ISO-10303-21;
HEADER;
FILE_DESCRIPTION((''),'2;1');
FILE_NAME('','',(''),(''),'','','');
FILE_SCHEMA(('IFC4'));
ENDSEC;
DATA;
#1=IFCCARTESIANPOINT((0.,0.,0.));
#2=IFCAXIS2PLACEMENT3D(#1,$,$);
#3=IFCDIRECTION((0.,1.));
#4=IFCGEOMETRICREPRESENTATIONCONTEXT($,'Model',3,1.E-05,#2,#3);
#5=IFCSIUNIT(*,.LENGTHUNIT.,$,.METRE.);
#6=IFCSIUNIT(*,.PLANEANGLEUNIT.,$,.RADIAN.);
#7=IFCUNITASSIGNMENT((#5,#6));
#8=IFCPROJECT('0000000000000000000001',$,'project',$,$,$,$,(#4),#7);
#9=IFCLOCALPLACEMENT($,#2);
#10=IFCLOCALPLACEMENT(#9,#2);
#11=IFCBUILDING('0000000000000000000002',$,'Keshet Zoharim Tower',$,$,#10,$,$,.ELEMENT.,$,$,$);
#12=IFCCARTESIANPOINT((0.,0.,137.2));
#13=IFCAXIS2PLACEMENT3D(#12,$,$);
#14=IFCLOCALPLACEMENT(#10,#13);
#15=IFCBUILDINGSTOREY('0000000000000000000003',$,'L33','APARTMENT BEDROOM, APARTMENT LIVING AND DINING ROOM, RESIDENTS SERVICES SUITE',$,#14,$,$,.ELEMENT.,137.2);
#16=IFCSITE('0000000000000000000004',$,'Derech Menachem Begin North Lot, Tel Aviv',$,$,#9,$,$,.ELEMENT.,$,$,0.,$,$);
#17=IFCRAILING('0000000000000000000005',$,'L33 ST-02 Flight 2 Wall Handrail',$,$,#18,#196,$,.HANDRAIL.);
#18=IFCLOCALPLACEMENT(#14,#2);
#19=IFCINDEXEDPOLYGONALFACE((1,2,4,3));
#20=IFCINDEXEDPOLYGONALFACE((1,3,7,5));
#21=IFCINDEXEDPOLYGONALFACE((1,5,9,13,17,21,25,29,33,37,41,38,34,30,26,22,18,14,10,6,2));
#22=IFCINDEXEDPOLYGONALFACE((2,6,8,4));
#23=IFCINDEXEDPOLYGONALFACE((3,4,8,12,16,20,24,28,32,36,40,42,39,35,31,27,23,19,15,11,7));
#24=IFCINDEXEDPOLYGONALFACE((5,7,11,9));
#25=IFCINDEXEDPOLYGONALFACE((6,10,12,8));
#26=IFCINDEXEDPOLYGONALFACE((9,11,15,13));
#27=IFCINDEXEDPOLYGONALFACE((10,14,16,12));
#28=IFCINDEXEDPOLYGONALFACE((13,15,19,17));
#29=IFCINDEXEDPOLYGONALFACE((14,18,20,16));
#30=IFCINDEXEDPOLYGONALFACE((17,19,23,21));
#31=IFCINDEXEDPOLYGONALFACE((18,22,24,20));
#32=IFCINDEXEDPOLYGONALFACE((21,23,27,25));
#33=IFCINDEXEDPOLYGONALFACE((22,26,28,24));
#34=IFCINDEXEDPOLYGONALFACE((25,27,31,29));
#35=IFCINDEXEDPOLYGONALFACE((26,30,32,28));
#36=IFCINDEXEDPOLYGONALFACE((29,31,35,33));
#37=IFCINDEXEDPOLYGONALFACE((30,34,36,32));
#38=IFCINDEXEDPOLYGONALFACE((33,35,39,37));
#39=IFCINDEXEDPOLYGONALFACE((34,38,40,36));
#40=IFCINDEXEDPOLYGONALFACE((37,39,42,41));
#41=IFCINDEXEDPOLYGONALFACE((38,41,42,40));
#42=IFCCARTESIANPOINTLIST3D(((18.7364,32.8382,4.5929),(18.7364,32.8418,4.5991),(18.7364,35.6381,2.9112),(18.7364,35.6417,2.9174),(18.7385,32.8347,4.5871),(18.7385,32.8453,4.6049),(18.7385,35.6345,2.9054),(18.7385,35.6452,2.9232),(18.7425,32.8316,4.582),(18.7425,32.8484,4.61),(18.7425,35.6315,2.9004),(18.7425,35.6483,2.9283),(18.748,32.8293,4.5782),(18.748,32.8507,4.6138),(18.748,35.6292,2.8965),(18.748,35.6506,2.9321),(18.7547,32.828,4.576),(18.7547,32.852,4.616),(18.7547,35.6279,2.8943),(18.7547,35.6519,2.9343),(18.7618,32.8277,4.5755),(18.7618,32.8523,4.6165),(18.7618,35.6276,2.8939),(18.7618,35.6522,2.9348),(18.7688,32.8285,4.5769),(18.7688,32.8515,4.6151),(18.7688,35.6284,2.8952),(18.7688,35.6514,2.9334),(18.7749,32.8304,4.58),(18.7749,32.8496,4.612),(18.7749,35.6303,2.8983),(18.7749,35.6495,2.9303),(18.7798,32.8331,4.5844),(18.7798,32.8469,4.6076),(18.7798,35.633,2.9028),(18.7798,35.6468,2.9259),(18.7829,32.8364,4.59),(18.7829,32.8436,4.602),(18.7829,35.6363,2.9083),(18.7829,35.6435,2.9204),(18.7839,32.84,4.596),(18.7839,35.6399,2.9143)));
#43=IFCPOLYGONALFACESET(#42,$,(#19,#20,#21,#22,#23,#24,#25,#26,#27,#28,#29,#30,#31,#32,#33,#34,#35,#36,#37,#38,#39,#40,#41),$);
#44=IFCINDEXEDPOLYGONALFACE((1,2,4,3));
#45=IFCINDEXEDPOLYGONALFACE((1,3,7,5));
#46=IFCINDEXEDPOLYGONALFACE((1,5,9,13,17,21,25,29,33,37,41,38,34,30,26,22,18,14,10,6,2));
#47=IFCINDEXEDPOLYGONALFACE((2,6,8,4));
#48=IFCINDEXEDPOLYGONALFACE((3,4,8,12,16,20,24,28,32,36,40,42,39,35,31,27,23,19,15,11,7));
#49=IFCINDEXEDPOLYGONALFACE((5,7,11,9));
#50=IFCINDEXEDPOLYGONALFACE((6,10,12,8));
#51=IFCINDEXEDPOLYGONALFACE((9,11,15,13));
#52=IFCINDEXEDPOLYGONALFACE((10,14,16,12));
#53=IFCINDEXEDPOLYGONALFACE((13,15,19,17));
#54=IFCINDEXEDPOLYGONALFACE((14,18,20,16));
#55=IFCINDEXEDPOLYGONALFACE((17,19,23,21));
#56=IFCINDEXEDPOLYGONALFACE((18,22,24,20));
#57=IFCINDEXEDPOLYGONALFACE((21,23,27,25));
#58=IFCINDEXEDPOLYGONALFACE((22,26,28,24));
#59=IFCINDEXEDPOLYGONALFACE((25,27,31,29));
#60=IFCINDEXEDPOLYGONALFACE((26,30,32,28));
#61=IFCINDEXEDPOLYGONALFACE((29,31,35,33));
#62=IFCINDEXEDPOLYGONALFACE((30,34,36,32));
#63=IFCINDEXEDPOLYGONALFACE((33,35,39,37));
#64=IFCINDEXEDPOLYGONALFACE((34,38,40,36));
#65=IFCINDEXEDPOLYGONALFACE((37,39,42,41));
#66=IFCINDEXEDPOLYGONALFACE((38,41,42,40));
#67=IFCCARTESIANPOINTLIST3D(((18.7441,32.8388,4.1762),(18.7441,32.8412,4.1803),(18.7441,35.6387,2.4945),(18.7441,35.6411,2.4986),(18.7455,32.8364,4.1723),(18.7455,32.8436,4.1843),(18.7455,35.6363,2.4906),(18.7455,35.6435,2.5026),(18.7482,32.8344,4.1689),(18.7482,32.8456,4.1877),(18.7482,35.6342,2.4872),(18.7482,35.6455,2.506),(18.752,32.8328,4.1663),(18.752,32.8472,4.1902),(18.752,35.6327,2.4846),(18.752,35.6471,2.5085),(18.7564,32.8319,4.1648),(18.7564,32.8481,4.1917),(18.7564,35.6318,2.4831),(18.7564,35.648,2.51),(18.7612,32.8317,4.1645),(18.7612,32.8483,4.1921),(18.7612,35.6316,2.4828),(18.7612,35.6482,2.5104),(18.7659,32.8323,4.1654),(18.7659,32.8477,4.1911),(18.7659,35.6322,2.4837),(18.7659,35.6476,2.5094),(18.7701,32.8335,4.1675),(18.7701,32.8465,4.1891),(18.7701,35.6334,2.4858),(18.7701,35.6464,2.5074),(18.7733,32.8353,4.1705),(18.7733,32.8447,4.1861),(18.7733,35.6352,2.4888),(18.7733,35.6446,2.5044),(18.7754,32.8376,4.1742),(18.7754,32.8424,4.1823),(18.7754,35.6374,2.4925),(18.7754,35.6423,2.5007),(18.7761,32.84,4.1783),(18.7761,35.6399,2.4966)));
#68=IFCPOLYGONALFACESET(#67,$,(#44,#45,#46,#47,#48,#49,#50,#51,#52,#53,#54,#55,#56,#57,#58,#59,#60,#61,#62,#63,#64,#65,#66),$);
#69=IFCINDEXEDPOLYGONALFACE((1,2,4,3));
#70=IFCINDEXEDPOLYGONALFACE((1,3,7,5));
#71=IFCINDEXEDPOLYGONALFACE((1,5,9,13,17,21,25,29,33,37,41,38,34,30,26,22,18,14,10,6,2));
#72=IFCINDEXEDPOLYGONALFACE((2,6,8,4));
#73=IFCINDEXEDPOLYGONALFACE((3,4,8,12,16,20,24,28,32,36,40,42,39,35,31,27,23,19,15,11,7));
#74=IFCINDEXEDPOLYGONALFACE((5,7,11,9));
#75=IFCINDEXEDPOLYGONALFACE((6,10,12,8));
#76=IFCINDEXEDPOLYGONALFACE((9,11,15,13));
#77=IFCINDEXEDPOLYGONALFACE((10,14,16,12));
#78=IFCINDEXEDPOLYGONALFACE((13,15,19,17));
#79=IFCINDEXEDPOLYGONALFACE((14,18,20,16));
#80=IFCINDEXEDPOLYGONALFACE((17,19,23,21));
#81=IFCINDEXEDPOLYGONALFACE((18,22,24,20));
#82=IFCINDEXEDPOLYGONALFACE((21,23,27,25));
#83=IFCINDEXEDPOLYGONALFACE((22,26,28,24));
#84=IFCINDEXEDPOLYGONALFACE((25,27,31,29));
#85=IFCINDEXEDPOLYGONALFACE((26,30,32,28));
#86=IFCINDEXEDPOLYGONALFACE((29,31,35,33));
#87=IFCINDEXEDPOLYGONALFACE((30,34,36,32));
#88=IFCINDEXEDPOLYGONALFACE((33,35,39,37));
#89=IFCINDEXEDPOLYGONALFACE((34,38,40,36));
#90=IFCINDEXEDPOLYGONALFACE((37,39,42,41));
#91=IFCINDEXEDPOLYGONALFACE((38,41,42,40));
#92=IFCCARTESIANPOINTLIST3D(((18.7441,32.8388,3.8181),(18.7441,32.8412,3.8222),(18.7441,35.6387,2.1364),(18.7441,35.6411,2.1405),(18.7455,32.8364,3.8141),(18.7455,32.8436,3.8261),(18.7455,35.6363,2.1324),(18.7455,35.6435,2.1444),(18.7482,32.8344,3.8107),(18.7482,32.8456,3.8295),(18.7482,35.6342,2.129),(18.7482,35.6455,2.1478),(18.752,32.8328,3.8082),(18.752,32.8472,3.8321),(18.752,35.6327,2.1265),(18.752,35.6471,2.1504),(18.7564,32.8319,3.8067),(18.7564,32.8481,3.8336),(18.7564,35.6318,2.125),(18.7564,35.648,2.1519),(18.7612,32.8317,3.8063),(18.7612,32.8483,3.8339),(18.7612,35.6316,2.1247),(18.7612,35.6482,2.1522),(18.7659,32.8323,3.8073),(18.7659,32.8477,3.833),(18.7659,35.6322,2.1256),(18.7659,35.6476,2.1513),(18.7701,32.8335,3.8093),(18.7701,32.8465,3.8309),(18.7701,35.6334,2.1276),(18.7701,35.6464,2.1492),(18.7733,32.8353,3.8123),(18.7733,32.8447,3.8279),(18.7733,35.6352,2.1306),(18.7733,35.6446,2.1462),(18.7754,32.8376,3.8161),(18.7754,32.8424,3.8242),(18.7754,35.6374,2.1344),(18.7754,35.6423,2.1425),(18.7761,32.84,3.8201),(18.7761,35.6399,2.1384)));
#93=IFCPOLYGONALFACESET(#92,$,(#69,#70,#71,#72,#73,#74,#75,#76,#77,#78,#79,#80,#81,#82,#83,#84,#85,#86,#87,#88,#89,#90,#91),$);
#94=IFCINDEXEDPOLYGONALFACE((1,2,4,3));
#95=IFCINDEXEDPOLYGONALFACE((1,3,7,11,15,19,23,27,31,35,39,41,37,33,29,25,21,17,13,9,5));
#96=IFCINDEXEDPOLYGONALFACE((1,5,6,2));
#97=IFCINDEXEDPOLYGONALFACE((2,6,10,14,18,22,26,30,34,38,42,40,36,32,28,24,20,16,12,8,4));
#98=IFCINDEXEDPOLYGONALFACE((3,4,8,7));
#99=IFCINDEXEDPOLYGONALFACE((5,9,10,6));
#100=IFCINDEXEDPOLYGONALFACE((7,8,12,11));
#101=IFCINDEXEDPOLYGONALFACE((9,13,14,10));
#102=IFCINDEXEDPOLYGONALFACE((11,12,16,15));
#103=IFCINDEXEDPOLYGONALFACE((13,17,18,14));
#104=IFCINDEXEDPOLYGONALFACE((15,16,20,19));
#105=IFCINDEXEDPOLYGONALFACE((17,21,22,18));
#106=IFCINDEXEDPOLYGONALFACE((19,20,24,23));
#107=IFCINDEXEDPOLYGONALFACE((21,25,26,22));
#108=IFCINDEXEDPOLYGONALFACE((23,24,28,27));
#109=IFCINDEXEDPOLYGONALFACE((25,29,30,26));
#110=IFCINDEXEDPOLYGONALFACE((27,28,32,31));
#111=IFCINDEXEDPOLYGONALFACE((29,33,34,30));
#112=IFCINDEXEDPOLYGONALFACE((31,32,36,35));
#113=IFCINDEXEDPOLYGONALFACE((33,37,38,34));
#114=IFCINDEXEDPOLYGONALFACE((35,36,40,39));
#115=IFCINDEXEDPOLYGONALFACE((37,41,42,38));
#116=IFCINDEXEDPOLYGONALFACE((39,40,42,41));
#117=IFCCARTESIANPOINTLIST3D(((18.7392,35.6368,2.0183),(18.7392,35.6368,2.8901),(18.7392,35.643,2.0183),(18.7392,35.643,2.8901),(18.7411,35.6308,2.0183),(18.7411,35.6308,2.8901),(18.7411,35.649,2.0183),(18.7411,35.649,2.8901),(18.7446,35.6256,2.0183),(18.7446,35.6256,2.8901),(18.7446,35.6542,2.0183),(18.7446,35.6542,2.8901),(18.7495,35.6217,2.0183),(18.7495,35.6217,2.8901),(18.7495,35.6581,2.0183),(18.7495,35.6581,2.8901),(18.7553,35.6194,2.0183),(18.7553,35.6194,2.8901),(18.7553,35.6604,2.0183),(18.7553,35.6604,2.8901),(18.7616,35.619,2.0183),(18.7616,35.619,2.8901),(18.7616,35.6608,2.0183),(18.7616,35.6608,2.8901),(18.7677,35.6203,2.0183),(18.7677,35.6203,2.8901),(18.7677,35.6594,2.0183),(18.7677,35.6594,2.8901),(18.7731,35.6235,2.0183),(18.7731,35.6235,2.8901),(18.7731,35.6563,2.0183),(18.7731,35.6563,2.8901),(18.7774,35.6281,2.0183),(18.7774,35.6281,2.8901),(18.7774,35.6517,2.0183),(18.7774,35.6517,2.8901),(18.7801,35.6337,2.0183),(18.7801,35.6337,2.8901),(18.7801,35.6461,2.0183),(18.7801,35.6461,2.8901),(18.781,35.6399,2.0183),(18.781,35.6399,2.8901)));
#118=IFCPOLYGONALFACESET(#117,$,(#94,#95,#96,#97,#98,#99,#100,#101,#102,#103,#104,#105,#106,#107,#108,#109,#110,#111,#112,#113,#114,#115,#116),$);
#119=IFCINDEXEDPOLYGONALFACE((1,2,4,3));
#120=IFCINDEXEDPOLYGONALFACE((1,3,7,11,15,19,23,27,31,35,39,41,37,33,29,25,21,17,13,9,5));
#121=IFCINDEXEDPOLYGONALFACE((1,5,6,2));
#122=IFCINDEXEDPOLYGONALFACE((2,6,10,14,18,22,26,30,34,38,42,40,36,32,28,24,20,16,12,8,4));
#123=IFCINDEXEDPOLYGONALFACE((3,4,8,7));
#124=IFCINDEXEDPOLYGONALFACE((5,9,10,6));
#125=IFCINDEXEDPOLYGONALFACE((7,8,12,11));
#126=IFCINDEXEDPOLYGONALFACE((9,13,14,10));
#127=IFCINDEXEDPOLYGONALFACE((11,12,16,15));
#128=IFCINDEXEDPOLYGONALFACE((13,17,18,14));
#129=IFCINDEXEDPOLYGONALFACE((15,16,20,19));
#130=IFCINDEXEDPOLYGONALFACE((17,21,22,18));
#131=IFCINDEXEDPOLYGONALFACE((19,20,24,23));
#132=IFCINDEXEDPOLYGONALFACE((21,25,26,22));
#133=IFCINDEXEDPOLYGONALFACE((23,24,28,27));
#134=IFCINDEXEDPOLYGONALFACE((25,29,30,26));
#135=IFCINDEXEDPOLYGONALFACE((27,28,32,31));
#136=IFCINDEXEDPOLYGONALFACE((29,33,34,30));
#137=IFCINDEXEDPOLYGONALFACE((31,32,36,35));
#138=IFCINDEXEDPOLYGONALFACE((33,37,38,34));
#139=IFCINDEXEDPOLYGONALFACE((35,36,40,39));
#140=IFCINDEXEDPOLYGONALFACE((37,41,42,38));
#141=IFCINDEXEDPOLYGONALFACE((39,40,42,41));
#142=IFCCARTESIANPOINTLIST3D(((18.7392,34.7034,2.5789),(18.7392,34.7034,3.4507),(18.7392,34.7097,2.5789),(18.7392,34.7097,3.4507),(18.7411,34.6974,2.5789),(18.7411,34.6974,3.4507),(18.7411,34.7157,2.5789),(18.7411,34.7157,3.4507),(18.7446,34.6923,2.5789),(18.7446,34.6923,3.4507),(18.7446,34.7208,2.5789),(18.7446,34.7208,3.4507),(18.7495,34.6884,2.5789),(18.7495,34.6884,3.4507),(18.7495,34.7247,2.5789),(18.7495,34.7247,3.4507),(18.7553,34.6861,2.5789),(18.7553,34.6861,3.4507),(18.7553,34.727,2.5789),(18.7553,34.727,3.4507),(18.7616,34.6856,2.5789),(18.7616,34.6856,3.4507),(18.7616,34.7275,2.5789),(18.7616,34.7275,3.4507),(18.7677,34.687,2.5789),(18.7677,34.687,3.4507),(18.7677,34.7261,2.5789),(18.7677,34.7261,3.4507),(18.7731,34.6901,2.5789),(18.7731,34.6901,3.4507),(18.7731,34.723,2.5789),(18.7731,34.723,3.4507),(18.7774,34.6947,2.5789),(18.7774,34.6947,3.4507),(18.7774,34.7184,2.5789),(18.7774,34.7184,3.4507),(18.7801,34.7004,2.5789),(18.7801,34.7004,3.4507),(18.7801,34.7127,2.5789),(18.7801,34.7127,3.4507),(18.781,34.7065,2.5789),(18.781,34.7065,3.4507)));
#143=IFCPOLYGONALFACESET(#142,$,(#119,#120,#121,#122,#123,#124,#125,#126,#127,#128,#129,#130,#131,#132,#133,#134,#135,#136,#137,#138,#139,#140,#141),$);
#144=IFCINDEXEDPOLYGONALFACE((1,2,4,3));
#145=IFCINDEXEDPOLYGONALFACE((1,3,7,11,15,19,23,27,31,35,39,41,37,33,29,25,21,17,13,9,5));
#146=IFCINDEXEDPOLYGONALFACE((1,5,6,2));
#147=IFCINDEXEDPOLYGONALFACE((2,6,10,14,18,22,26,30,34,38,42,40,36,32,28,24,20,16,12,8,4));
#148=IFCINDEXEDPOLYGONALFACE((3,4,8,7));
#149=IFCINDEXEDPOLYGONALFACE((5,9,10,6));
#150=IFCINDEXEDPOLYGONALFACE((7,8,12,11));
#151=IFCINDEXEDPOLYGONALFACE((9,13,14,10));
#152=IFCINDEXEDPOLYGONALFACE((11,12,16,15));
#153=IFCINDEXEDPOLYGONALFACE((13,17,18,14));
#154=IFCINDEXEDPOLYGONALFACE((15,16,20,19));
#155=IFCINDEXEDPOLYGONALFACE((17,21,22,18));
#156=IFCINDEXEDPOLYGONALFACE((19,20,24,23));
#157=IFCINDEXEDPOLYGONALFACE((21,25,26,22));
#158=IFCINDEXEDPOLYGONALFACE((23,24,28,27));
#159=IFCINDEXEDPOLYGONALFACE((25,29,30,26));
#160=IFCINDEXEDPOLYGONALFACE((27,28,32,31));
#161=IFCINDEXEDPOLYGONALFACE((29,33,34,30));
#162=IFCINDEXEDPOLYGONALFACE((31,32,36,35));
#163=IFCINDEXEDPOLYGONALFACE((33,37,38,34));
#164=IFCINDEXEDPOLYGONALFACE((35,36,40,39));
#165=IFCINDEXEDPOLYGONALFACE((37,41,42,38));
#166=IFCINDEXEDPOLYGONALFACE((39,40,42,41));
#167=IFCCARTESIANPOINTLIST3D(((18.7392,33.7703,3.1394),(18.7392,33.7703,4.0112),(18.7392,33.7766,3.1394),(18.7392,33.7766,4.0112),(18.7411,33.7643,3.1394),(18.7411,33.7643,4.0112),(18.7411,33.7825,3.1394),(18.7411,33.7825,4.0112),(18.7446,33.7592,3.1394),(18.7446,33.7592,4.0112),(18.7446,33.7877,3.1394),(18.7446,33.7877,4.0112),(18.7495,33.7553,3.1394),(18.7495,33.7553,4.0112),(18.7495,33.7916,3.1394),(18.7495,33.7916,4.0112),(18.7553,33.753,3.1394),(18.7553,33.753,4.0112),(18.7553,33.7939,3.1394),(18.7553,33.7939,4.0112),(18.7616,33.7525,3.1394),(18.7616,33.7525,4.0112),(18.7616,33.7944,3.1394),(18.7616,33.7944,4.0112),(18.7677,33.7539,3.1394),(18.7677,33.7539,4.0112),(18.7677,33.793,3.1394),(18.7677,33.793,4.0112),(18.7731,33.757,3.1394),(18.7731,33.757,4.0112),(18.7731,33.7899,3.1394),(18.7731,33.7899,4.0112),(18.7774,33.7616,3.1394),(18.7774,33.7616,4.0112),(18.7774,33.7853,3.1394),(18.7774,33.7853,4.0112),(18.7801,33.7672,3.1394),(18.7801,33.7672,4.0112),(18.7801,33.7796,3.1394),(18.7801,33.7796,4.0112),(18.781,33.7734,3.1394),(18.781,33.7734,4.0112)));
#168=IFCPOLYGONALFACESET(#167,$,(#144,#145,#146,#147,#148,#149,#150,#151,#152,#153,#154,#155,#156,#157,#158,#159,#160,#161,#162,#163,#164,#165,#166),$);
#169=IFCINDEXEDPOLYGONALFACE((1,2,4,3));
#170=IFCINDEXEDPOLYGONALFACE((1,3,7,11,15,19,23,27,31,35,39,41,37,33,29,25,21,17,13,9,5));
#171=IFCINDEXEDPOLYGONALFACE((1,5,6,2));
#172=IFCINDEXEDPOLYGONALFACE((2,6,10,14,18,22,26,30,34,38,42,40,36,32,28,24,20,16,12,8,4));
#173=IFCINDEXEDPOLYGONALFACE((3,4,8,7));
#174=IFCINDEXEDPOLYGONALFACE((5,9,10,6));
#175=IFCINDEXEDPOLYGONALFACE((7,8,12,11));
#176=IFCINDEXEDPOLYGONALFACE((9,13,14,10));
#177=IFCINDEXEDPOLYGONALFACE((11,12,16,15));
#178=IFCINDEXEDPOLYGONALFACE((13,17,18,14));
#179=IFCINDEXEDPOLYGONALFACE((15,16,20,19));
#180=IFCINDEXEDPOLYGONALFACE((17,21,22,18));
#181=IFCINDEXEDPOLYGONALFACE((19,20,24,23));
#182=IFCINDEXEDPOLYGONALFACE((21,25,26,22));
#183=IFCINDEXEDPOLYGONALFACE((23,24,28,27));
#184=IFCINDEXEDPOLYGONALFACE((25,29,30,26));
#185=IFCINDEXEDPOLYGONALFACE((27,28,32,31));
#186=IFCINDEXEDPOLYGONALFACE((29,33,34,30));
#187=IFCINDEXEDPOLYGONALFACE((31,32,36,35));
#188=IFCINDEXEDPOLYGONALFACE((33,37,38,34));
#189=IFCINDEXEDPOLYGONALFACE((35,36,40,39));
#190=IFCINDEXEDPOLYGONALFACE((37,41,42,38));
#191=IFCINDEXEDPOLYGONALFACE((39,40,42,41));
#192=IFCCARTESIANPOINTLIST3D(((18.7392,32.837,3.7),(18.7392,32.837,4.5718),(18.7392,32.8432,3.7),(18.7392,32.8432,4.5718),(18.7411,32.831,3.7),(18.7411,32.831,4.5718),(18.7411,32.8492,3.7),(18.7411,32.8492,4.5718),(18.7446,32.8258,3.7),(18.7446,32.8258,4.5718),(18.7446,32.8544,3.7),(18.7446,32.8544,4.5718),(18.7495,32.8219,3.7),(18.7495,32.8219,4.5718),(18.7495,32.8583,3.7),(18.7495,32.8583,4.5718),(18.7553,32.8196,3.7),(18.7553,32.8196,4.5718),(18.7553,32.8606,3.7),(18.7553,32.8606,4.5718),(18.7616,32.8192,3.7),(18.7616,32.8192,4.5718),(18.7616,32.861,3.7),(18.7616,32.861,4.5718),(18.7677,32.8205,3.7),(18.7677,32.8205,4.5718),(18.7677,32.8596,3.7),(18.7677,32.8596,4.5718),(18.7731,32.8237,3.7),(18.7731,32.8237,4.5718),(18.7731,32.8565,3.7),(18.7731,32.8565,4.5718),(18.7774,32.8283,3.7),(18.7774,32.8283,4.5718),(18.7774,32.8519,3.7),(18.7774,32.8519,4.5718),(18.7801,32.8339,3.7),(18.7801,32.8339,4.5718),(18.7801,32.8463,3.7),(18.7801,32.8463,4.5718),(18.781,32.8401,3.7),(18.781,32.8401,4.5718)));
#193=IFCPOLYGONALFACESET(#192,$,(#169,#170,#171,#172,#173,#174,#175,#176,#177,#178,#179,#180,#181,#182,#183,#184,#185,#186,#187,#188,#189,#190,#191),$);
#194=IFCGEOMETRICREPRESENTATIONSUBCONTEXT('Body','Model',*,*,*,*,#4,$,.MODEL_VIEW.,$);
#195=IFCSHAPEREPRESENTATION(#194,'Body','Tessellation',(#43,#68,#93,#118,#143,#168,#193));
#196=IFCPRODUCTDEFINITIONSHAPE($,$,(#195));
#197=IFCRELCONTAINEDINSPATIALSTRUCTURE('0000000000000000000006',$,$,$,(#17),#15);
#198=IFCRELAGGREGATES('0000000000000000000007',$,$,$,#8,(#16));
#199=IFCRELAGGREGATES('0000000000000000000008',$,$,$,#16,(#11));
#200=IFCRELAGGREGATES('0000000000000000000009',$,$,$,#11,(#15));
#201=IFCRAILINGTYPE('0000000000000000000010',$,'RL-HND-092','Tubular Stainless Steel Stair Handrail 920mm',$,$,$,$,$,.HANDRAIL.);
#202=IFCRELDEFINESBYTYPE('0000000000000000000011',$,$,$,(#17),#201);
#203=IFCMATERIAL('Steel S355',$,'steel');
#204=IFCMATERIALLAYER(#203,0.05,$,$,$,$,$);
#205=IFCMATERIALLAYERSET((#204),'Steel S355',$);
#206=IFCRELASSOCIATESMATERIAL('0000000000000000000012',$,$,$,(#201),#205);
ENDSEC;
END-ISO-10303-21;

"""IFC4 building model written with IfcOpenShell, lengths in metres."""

from ifc_helpers import new_model, si_unit, direction, frame, origin, origin_2d, place, context, subcontext, project, spatial, circle, extrude, material, layer, layer_set, type_object, element, save


model = new_model("IFC4")

# Units and contexts
model_context = context("Model", 3, precision=1e-05, world=origin(), true_north=direction((0.0, 1.0)))
body_context = subcontext(model_context, "Body", "Model", "MODEL_VIEW")
ifc_project = project(units=[si_unit("LENGTHUNIT", "METRE"), si_unit("PLANEANGLEUNIT", "RADIAN")], contexts=[model_context])

# Site, building, storey
site_placement = place(None, origin())
site = spatial("IfcSite", under=ifc_project, at=site_placement, Name="Derech Menachem Begin North Lot, Tel Aviv", CompositionType="ELEMENT", RefElevation=0.0)
building_placement = place(site_placement, origin())
building = spatial("IfcBuilding", under=site, at=building_placement, Name="Keshet Zoharim Tower", CompositionType="ELEMENT")
storey_placement = place(building_placement, frame((0.0, 0.0, 137.2)))
storey = spatial("IfcBuildingStorey", under=building, at=storey_placement, Name="L33", Description="APARTMENT BEDROOM, APARTMENT LIVING AND DINING ROOM, RESIDENTS SERVICES SUITE", CompositionType="ELEMENT", Elevation=137.2)

# Shared definitions
ifc_material_1 = material(Name="Steel S355", Category="steel")

# Railing
ifc_layer_1 = layer(ifc_material_1, 0.05)
ifc_layer_set_1 = layer_set([ifc_layer_1], Name="Steel S355")
railing_type = type_object("IfcRailingType", Name="RL-HND-092", Description="Tubular Stainless Steel Stair Handrail 920mm", PredefinedType="HANDRAIL", material=ifc_layer_set_1)
railing_placement = place(storey_placement, frame((18.76, 35.6399, 2.0183)))
element("IfcRailing", 1, at=railing_placement, inside=storey, type_object=railing_type, Name="L33 ST-02 Flight 2 Wall Handrail", PredefinedType="HANDRAIL", context=body_context, shape_type="SweptSolid", body=[
    extrude(circle(Radius=0.0239, at=origin_2d()), frame((0.0, 0.0, 0.896), z_axis=(0.0, -0.857255, 0.514891), x_axis=(1.0, 0.0, 0.0)), (0.0, 0.0, 1.0), 3.2661),
    extrude(circle(Radius=0.0161, at=origin_2d()), frame((0.0, 0.0, 0.4783), z_axis=(0.0, -0.857255, 0.514891), x_axis=(1.0, 0.0, 0.0)), (0.0, 0.0, 1.0), 3.2661),
    extrude(circle(Radius=0.0161, at=origin_2d()), frame((0.0, 0.0, 0.1201), z_axis=(0.0, -0.857255, 0.514891), x_axis=(1.0, 0.0, 0.0)), (0.0, 0.0, 1.0), 3.2661),
    extrude(circle(Radius=0.021, at=origin_2d()), origin(), (0.0, 0.0, 1.0), 0.8718),
    extrude(circle(Radius=0.021, at=origin_2d()), frame((0.0, -0.9333, 0.5605)), (0.0, 0.0, 1.0), 0.8718),
    extrude(circle(Radius=0.021, at=origin_2d()), frame((0.0, -1.8665, 1.1211)), (0.0, 0.0, 1.0), 0.8718),
    extrude(circle(Radius=0.021, at=origin_2d()), frame((0.0, -2.7998, 1.6816)), (0.0, 0.0, 1.0), 0.8718),
])

save(model, "model.ifc")
